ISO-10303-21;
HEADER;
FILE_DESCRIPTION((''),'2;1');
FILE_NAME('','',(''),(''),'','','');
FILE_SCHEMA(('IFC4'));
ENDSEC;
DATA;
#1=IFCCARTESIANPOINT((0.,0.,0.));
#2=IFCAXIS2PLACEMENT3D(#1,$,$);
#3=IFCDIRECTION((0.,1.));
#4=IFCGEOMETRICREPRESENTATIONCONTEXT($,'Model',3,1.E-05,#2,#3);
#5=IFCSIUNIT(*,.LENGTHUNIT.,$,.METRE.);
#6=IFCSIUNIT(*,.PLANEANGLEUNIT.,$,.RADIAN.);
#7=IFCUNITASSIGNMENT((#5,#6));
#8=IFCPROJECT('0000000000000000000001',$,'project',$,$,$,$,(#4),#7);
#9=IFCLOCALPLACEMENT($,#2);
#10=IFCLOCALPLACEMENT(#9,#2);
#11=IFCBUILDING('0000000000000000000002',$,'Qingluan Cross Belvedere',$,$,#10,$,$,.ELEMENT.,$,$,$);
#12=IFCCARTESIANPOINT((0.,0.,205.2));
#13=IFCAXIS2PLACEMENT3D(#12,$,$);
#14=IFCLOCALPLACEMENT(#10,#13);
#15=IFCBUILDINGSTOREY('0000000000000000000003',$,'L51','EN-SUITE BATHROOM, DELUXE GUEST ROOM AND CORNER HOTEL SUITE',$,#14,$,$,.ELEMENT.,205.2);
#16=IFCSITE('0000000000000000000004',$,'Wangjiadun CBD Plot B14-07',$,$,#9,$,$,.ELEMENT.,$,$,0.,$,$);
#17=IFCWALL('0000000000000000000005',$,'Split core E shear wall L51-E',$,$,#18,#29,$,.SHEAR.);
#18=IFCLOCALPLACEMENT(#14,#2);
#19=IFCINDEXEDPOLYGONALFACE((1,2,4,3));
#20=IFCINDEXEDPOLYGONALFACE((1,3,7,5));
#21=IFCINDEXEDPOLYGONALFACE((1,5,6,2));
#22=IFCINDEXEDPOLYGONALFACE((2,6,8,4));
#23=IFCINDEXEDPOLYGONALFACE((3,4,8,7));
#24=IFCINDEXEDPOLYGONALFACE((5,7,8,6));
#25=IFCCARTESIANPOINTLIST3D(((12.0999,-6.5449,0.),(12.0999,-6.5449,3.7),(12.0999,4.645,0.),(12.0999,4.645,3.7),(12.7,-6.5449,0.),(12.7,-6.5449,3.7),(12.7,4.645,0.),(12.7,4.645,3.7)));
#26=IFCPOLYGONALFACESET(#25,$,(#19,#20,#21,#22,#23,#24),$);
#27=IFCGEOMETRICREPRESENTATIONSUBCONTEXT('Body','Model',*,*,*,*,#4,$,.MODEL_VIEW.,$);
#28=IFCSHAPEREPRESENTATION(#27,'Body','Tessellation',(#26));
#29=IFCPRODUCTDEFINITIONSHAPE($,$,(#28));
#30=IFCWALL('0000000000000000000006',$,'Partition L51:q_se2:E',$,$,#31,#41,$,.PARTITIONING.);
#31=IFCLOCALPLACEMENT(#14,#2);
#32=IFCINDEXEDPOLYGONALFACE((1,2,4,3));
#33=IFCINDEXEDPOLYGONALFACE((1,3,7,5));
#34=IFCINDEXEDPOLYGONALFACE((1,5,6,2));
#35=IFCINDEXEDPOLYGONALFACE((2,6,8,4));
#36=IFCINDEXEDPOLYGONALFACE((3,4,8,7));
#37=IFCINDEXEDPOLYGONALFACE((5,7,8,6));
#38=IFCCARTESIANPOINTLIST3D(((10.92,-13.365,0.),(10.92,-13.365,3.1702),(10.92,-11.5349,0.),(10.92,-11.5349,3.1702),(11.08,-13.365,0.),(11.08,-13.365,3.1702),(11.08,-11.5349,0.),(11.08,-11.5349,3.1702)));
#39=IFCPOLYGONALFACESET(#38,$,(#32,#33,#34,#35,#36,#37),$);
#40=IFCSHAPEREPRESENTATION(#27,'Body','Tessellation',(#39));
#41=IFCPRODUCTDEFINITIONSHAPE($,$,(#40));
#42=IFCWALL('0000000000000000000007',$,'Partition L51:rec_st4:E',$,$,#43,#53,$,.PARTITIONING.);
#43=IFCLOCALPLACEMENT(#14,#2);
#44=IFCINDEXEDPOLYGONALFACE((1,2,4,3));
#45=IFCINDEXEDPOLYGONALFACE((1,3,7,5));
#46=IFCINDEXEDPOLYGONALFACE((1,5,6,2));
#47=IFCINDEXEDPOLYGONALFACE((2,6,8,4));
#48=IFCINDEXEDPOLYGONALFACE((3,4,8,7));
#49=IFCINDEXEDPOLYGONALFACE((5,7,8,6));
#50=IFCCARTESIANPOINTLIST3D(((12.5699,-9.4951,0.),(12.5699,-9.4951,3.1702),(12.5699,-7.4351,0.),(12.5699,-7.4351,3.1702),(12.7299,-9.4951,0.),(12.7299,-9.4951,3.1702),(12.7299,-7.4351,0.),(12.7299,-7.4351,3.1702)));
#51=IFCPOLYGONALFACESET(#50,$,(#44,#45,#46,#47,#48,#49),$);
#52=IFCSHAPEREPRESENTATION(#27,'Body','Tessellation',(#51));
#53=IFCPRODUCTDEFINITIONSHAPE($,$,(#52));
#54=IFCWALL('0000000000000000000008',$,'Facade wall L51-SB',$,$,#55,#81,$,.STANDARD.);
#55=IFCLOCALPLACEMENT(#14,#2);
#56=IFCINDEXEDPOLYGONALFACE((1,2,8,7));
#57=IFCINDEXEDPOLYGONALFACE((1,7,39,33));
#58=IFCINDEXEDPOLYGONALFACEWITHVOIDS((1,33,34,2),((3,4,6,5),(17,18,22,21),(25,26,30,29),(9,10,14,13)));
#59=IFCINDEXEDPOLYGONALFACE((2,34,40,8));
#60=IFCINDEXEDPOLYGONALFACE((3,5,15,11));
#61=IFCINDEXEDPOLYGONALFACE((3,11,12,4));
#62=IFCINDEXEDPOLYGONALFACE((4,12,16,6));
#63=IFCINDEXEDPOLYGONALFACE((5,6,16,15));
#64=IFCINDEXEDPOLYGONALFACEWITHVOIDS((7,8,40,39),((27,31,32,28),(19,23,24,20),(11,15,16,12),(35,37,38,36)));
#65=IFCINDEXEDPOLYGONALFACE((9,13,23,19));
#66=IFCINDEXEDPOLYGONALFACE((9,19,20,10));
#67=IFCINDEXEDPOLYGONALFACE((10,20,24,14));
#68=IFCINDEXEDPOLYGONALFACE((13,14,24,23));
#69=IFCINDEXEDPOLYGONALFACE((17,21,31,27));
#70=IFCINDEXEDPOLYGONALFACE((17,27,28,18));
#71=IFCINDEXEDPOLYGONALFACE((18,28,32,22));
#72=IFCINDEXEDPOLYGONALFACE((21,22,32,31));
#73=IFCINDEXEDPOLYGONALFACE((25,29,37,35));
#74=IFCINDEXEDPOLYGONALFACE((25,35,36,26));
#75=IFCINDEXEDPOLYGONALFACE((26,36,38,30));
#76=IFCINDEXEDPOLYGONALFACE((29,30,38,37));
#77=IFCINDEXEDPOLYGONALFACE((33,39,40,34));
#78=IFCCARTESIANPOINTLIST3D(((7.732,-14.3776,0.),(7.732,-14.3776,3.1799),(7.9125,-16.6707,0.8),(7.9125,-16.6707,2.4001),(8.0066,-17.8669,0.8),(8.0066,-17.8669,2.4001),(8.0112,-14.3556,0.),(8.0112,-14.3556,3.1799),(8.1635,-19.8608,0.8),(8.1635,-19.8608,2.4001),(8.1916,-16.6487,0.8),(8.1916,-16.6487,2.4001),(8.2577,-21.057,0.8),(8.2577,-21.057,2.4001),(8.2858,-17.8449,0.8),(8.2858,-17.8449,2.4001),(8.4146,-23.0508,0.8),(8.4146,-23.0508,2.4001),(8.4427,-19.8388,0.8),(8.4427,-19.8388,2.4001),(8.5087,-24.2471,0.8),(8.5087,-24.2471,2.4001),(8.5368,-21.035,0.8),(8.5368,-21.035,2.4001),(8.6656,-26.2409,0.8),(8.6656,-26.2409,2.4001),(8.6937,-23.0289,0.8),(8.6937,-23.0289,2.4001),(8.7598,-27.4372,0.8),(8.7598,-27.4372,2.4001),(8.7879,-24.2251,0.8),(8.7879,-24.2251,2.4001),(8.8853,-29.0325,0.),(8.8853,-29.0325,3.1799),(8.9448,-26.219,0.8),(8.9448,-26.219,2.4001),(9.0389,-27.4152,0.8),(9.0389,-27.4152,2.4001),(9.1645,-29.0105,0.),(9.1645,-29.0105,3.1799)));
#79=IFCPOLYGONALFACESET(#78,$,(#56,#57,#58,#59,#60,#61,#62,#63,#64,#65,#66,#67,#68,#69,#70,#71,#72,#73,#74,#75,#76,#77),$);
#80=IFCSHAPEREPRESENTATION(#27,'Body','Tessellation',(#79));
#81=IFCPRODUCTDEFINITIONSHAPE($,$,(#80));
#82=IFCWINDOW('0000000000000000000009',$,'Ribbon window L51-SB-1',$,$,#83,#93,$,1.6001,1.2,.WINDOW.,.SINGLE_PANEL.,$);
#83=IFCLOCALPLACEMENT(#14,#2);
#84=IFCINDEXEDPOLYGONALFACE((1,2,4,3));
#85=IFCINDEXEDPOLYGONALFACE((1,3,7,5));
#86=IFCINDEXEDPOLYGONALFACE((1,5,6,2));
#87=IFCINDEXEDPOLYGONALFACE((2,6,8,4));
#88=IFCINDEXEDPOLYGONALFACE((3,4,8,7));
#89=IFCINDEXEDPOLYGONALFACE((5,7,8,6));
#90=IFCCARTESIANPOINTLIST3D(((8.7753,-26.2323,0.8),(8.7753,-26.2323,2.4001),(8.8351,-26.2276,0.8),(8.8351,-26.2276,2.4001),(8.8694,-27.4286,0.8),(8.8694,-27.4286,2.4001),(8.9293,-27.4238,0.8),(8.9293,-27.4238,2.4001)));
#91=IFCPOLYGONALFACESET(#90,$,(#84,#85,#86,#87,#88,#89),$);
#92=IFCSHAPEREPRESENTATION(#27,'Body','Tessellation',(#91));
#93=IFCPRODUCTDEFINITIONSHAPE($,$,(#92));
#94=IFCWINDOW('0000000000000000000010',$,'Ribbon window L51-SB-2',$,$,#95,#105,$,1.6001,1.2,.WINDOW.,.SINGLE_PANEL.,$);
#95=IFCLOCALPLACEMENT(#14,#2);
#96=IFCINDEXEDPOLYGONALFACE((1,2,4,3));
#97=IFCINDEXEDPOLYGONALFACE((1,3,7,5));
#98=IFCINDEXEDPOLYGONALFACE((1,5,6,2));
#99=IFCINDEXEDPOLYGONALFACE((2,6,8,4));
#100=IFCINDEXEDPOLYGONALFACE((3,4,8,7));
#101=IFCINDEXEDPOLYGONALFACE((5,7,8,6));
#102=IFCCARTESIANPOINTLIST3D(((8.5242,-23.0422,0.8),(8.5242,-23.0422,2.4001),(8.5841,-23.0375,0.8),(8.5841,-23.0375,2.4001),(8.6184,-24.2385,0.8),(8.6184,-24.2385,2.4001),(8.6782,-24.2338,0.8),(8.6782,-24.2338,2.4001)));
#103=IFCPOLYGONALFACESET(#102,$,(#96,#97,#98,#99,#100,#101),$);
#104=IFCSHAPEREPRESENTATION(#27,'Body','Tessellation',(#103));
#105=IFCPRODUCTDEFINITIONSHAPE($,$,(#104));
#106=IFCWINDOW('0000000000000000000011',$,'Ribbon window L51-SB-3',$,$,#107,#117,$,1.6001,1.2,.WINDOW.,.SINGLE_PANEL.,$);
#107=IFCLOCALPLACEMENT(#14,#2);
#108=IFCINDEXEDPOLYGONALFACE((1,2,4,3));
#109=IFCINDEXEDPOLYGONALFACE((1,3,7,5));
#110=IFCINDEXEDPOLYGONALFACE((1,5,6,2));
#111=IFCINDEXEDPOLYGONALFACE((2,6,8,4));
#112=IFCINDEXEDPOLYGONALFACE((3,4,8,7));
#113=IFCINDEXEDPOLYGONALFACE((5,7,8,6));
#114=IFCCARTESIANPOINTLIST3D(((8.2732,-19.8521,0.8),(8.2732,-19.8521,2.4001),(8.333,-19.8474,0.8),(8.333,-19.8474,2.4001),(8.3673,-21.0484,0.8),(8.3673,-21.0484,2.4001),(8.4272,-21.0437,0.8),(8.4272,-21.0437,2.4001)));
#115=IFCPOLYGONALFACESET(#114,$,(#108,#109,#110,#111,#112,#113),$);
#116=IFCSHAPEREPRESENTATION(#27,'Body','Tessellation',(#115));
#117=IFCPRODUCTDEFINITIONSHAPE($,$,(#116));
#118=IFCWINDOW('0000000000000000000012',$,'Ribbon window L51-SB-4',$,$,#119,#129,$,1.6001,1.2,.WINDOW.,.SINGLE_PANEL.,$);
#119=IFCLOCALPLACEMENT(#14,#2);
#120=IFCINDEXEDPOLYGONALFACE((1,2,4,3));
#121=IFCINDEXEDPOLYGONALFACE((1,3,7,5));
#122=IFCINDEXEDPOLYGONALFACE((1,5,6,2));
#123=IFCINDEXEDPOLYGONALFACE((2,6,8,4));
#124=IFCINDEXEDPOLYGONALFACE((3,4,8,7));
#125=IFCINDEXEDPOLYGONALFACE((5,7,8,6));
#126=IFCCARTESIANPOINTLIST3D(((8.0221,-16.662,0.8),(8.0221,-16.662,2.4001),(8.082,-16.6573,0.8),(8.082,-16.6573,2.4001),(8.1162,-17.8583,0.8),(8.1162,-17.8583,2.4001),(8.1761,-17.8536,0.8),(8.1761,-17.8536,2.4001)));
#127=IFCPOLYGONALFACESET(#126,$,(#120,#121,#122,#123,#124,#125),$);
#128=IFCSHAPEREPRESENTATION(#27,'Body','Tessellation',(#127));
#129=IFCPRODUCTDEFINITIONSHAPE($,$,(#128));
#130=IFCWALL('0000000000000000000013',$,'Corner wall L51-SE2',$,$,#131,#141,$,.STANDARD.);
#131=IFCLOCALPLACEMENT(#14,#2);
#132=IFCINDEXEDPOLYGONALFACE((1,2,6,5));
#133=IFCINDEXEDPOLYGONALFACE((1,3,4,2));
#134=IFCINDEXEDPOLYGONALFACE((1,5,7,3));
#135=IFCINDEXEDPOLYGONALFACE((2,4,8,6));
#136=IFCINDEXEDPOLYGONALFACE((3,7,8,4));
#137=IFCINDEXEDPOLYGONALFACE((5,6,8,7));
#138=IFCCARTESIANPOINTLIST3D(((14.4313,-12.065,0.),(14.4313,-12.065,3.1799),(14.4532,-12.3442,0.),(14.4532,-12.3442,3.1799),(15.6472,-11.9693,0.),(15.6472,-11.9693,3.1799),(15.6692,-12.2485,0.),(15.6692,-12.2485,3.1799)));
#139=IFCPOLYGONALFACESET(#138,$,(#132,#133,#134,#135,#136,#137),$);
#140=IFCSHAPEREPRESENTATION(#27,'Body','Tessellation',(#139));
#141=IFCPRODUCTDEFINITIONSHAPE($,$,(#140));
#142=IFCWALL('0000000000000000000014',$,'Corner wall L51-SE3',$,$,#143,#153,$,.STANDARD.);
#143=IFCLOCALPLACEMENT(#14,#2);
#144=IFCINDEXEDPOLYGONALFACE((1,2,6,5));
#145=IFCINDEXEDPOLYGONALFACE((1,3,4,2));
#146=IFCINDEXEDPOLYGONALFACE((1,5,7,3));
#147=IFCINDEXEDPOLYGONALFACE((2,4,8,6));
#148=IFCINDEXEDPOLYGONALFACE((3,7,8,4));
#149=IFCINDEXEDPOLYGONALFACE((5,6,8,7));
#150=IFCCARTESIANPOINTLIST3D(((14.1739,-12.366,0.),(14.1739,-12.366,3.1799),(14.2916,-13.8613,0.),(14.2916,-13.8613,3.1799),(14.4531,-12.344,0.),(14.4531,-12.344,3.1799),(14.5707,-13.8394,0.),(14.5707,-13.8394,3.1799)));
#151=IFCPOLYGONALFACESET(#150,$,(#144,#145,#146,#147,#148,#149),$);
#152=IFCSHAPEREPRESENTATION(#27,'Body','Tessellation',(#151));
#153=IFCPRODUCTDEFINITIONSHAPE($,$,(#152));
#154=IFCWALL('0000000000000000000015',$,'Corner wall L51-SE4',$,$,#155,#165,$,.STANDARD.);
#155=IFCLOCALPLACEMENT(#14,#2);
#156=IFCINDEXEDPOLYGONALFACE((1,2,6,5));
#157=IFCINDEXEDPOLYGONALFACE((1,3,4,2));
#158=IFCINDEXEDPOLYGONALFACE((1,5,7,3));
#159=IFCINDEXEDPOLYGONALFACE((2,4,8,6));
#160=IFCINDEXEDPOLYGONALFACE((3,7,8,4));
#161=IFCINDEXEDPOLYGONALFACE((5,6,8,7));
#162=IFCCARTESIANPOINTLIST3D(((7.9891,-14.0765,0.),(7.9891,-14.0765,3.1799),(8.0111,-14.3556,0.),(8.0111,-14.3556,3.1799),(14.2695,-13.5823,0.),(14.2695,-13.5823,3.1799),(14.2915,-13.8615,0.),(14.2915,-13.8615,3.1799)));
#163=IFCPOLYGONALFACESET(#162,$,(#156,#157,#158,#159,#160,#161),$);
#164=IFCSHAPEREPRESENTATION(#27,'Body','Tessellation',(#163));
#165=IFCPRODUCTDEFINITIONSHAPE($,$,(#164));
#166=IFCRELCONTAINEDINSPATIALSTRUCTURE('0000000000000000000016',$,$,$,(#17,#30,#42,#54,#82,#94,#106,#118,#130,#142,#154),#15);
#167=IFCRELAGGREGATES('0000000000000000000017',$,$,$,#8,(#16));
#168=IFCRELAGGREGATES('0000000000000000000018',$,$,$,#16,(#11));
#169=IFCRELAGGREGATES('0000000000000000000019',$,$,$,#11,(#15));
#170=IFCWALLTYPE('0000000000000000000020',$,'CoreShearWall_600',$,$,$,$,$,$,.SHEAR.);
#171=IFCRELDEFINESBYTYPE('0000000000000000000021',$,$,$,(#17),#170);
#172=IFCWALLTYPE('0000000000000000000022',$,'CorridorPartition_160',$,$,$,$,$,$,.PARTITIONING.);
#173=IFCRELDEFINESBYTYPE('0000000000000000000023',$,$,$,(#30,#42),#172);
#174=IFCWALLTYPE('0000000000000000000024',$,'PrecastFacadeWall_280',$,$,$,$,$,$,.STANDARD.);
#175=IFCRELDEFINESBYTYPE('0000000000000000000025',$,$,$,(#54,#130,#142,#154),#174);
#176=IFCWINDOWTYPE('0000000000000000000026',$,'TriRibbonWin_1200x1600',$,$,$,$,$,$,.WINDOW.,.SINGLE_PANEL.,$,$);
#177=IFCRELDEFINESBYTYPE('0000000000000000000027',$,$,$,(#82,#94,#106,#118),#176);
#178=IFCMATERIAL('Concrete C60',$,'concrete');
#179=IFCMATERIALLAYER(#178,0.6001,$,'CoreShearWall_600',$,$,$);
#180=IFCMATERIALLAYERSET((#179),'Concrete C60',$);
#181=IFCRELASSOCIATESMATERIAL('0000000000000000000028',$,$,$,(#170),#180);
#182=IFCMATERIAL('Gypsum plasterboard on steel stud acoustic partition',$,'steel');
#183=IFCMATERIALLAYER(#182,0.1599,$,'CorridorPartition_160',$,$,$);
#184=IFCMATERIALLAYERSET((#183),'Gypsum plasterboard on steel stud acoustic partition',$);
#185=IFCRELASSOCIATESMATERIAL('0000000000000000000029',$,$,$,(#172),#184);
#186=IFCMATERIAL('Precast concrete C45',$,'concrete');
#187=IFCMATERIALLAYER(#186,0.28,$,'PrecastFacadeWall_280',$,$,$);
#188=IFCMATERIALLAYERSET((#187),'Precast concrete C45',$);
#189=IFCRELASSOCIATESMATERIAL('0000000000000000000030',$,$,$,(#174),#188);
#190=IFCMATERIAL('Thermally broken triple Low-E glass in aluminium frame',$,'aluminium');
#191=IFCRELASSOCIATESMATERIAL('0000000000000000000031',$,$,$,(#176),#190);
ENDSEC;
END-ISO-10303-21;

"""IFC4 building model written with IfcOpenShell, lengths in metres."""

from ifc_helpers import new_model, si_unit, direction, frame, frame_2d, origin, place, context, subcontext, project, spatial, rectangle, extrude, material, layer, layer_set, type_object, element, fill, save


model = new_model("IFC4")

# Units and contexts
model_context = context("Model", 3, precision=1e-05, world=origin(), true_north=direction((0.0, 1.0)))
body_context = subcontext(model_context, "Body", "Model", "MODEL_VIEW")
ifc_project = project(units=[si_unit("LENGTHUNIT", "METRE"), si_unit("PLANEANGLEUNIT", "RADIAN")], contexts=[model_context])

# Site, building, storey
site_placement = place(None, origin())
site = spatial("IfcSite", under=ifc_project, at=site_placement, Name="Wangjiadun CBD Plot B14-07", CompositionType="ELEMENT", RefElevation=0.0)
building_placement = place(site_placement, origin())
building = spatial("IfcBuilding", under=site, at=building_placement, Name="Qingluan Cross Belvedere", CompositionType="ELEMENT")
storey_placement = place(building_placement, frame((0.0, 0.0, 205.2)))
storey = spatial("IfcBuildingStorey", under=building, at=storey_placement, Name="L51", Description="EN-SUITE BATHROOM, DELUXE GUEST ROOM AND CORNER HOTEL SUITE", CompositionType="ELEMENT", Elevation=205.2)

# Walls
ifc_material_1 = material(Name="Concrete C60", Category="concrete")
ifc_layer_1 = layer(ifc_material_1, 0.6001, Name="CoreShearWall_600")
ifc_layer_set_1 = layer_set([ifc_layer_1], Name="Concrete C60")
wall_type_1 = type_object("IfcWallType", Name="CoreShearWall_600", PredefinedType="SHEAR", material=ifc_layer_set_1)
wall_1_placement = place(storey_placement, frame((12.3999, -6.5449, 0.0), z_axis=(0.0, 0.0, 1.0), x_axis=(0.0, 1.0, 0.0)))
element("IfcWall", 1, at=wall_1_placement, inside=storey, type_object=wall_type_1, Name="Split core E shear wall L51-E", PredefinedType="SHEAR", context=body_context, shape_type="SweptSolid", body=[
    extrude(rectangle(XDim=11.1899, YDim=0.6001, at=frame_2d((5.595, 0.0))), origin(), (0.0, 0.0, 1.0), 3.7),
])
ifc_material_2 = material(Name="Gypsum plasterboard on steel stud acoustic partition", Category="steel")
ifc_layer_2 = layer(ifc_material_2, 0.1599, Name="CorridorPartition_160")
ifc_layer_set_2 = layer_set([ifc_layer_2], Name="Gypsum plasterboard on steel stud acoustic partition")
wall_type_2 = type_object("IfcWallType", Name="CorridorPartition_160", PredefinedType="PARTITIONING", material=ifc_layer_set_2)
wall_2_placement = place(storey_placement, frame((11.0, -13.365, 0.0), z_axis=(0.0, 0.0, 1.0), x_axis=(0.0, 1.0, 0.0)))
element("IfcWall", 2, at=wall_2_placement, inside=storey, type_object=wall_type_2, Name="Partition L51:q_se2:E", PredefinedType="PARTITIONING", context=body_context, shape_type="SweptSolid", body=[
    extrude(rectangle(XDim=1.8301, YDim=0.1599, at=frame_2d((0.915, 0.0))), origin(), (0.0, 0.0, 1.0), 3.1702),
])
wall_3_placement = place(storey_placement, frame((12.6499, -9.4951, 0.0), z_axis=(0.0, 0.0, 1.0), x_axis=(0.0, 1.0, 0.0)))
element("IfcWall", 3, at=wall_3_placement, inside=storey, type_object=wall_type_2, Name="Partition L51:rec_st4:E", PredefinedType="PARTITIONING", context=body_context, shape_type="SweptSolid", body=[
    extrude(rectangle(XDim=2.0601, YDim=0.1599, at=frame_2d((1.03, 0.0))), origin(), (0.0, 0.0, 1.0), 3.1702),
])

# Wall, openings, windows
ifc_material_3 = material(Name="Precast concrete C45", Category="concrete")
ifc_layer_3 = layer(ifc_material_3, 0.28, Name="PrecastFacadeWall_280")
ifc_layer_set_3 = layer_set([ifc_layer_3], Name="Precast concrete C45")
wall_type_3 = type_object("IfcWallType", Name="PrecastFacadeWall_280", PredefinedType="STANDARD", material=ifc_layer_set_3)
wall_4_placement = place(storey_placement, frame((9.0249, -29.0215, 0.0), z_axis=(0.0, 0.0, 1.0), x_axis=(-0.078457, 0.996918, 0.0)))
wall_4 = element("IfcWall", 4, at=wall_4_placement, inside=storey, type_object=wall_type_3, Name="Facade wall L51-SB", PredefinedType="STANDARD", context=body_context, shape_type="SweptSolid", body=[
    extrude(rectangle(XDim=14.7002, YDim=0.28, at=frame_2d((7.3501, 0.0))), origin(), (0.0, 0.0, 1.0), 3.1799),
])
opening_1_placement = place(wall_4_placement, frame((1.6001, 0.0, 0.8)))
opening_1 = element("IfcOpeningElement", 5, at=opening_1_placement, cuts=wall_4, PredefinedType="OPENING", context=body_context, shape_type="SweptSolid", body=[
    extrude(rectangle(XDim=1.2, YDim=1.6001, at=frame_2d((0.6001, 0.8))), frame((0.0, 0.1499, 0.0), z_axis=(0.0, -1.0, 0.0), x_axis=(1.0, 0.0, 0.0)), (0.0, 0.0, 1.0), 0.3),
])
opening_2_placement = place(wall_4_placement, frame((4.8, 0.0, 0.8)))
opening_2 = element("IfcOpeningElement", 6, at=opening_2_placement, cuts=wall_4, PredefinedType="OPENING", context=body_context, shape_type="SweptSolid", body=[
    extrude(rectangle(XDim=1.2, YDim=1.6001, at=frame_2d((0.6001, 0.8))), frame((0.0, 0.1499, 0.0), z_axis=(0.0, -1.0, 0.0), x_axis=(1.0, 0.0, 0.0)), (0.0, 0.0, 1.0), 0.3),
])
opening_3_placement = place(wall_4_placement, frame((8.0, 0.0, 0.8)))
opening_3 = element("IfcOpeningElement", 7, at=opening_3_placement, cuts=wall_4, PredefinedType="OPENING", context=body_context, shape_type="SweptSolid", body=[
    extrude(rectangle(XDim=1.2, YDim=1.6001, at=frame_2d((0.6001, 0.8))), frame((0.0, 0.1499, 0.0), z_axis=(0.0, -1.0, 0.0), x_axis=(1.0, 0.0, 0.0)), (0.0, 0.0, 1.0), 0.3),
])
opening_4_placement = place(wall_4_placement, frame((11.2, 0.0, 0.8)))
opening_4 = element("IfcOpeningElement", 8, at=opening_4_placement, cuts=wall_4, PredefinedType="OPENING", context=body_context, shape_type="SweptSolid", body=[
    extrude(rectangle(XDim=1.2, YDim=1.6001, at=frame_2d((0.6001, 0.8))), frame((0.0, 0.1499, 0.0), z_axis=(0.0, -1.0, 0.0), x_axis=(1.0, 0.0, 0.0)), (0.0, 0.0, 1.0), 0.3),
])
ifc_material_4 = material(Name="Thermally broken triple Low-E glass in aluminium frame", Category="aluminium")
window_type = type_object("IfcWindowType", Name="TriRibbonWin_1200x1600", PartitioningType="SINGLE_PANEL", PredefinedType="WINDOW", material=ifc_material_4)
window_1_placement = place(opening_1_placement, origin())
window_1 = element("IfcWindow", 9, at=window_1_placement, inside=storey, type_object=window_type, Name="Ribbon window L51-SB-1", OverallHeight=1.6001, OverallWidth=1.2, PartitioningType="SINGLE_PANEL", PredefinedType="WINDOW", context=body_context, shape_type="SweptSolid", body=[
    extrude(rectangle(XDim=1.2, YDim=1.6001, at=frame_2d((0.6001, 0.8))), frame((0.0, 0.03, 0.0), z_axis=(0.0, -1.0, 0.0), x_axis=(1.0, 0.0, 0.0)), (0.0, 0.0, 1.0), 0.0601),
])
fill(opening_1, window_1)
window_2_placement = place(opening_2_placement, origin())
window_2 = element("IfcWindow", 10, at=window_2_placement, inside=storey, type_object=window_type, Name="Ribbon window L51-SB-2", OverallHeight=1.6001, OverallWidth=1.2, PartitioningType="SINGLE_PANEL", PredefinedType="WINDOW", context=body_context, shape_type="SweptSolid", body=[
    extrude(rectangle(XDim=1.2, YDim=1.6001, at=frame_2d((0.6001, 0.8))), frame((0.0, 0.03, 0.0), z_axis=(0.0, -1.0, 0.0), x_axis=(1.0, 0.0, 0.0)), (0.0, 0.0, 1.0), 0.0601),
])
fill(opening_2, window_2)
window_3_placement = place(opening_3_placement, origin())
window_3 = element("IfcWindow", 11, at=window_3_placement, inside=storey, type_object=window_type, Name="Ribbon window L51-SB-3", OverallHeight=1.6001, OverallWidth=1.2, PartitioningType="SINGLE_PANEL", PredefinedType="WINDOW", context=body_context, shape_type="SweptSolid", body=[
    extrude(rectangle(XDim=1.2, YDim=1.6001, at=frame_2d((0.6001, 0.8))), frame((0.0, 0.03, 0.0), z_axis=(0.0, -1.0, 0.0), x_axis=(1.0, 0.0, 0.0)), (0.0, 0.0, 1.0), 0.0601),
])
fill(opening_3, window_3)
window_4_placement = place(opening_4_placement, origin())
window_4 = element("IfcWindow", 12, at=window_4_placement, inside=storey, type_object=window_type, Name="Ribbon window L51-SB-4", OverallHeight=1.6001, OverallWidth=1.2, PartitioningType="SINGLE_PANEL", PredefinedType="WINDOW", context=body_context, shape_type="SweptSolid", body=[
    extrude(rectangle(XDim=1.2, YDim=1.6001, at=frame_2d((0.6001, 0.8))), frame((0.0, 0.03, 0.0), z_axis=(0.0, -1.0, 0.0), x_axis=(1.0, 0.0, 0.0)), (0.0, 0.0, 1.0), 0.0601),
])
fill(opening_4, window_4)

# Walls
wall_5_placement = place(storey_placement, frame((15.6582, -12.1089, 0.0), z_axis=(0.0, 0.0, 1.0), x_axis=(-0.996918, -0.078456, 0.0)))
element("IfcWall", 13, at=wall_5_placement, inside=storey, type_object=wall_type_3, Name="Corner wall L51-SE2", PredefinedType="STANDARD", context=body_context, shape_type="SweptSolid", body=[
    extrude(rectangle(XDim=1.2197, YDim=0.28, at=frame_2d((0.6099, 0.0))), origin(), (0.0, 0.0, 1.0), 3.1799),
])
wall_6_placement = place(storey_placement, frame((14.3135, -12.355, 0.0), z_axis=(0.0, 0.0, 1.0), x_axis=(0.078451, -0.996918, 0.0)))
element("IfcWall", 14, at=wall_6_placement, inside=storey, type_object=wall_type_3, Name="Corner wall L51-SE3", PredefinedType="STANDARD", context=body_context, shape_type="SweptSolid", body=[
    extrude(rectangle(XDim=1.5, YDim=0.28, at=frame_2d((0.75, 0.0))), origin(), (0.0, 0.0, 1.0), 3.1799),
])
wall_7_placement = place(storey_placement, frame((14.2805, -13.7219, 0.0), z_axis=(0.0, 0.0, 1.0), x_axis=(-0.996919, -0.078436, 0.0)))
element("IfcWall", 15, at=wall_7_placement, inside=storey, type_object=wall_type_3, Name="Corner wall L51-SE4", PredefinedType="STANDARD", context=body_context, shape_type="SweptSolid", body=[
    extrude(rectangle(XDim=6.2998, YDim=0.28, at=frame_2d((3.1499, 0.0))), origin(), (0.0, 0.0, 1.0), 3.1799),
])

save(model, "model.ifc")
